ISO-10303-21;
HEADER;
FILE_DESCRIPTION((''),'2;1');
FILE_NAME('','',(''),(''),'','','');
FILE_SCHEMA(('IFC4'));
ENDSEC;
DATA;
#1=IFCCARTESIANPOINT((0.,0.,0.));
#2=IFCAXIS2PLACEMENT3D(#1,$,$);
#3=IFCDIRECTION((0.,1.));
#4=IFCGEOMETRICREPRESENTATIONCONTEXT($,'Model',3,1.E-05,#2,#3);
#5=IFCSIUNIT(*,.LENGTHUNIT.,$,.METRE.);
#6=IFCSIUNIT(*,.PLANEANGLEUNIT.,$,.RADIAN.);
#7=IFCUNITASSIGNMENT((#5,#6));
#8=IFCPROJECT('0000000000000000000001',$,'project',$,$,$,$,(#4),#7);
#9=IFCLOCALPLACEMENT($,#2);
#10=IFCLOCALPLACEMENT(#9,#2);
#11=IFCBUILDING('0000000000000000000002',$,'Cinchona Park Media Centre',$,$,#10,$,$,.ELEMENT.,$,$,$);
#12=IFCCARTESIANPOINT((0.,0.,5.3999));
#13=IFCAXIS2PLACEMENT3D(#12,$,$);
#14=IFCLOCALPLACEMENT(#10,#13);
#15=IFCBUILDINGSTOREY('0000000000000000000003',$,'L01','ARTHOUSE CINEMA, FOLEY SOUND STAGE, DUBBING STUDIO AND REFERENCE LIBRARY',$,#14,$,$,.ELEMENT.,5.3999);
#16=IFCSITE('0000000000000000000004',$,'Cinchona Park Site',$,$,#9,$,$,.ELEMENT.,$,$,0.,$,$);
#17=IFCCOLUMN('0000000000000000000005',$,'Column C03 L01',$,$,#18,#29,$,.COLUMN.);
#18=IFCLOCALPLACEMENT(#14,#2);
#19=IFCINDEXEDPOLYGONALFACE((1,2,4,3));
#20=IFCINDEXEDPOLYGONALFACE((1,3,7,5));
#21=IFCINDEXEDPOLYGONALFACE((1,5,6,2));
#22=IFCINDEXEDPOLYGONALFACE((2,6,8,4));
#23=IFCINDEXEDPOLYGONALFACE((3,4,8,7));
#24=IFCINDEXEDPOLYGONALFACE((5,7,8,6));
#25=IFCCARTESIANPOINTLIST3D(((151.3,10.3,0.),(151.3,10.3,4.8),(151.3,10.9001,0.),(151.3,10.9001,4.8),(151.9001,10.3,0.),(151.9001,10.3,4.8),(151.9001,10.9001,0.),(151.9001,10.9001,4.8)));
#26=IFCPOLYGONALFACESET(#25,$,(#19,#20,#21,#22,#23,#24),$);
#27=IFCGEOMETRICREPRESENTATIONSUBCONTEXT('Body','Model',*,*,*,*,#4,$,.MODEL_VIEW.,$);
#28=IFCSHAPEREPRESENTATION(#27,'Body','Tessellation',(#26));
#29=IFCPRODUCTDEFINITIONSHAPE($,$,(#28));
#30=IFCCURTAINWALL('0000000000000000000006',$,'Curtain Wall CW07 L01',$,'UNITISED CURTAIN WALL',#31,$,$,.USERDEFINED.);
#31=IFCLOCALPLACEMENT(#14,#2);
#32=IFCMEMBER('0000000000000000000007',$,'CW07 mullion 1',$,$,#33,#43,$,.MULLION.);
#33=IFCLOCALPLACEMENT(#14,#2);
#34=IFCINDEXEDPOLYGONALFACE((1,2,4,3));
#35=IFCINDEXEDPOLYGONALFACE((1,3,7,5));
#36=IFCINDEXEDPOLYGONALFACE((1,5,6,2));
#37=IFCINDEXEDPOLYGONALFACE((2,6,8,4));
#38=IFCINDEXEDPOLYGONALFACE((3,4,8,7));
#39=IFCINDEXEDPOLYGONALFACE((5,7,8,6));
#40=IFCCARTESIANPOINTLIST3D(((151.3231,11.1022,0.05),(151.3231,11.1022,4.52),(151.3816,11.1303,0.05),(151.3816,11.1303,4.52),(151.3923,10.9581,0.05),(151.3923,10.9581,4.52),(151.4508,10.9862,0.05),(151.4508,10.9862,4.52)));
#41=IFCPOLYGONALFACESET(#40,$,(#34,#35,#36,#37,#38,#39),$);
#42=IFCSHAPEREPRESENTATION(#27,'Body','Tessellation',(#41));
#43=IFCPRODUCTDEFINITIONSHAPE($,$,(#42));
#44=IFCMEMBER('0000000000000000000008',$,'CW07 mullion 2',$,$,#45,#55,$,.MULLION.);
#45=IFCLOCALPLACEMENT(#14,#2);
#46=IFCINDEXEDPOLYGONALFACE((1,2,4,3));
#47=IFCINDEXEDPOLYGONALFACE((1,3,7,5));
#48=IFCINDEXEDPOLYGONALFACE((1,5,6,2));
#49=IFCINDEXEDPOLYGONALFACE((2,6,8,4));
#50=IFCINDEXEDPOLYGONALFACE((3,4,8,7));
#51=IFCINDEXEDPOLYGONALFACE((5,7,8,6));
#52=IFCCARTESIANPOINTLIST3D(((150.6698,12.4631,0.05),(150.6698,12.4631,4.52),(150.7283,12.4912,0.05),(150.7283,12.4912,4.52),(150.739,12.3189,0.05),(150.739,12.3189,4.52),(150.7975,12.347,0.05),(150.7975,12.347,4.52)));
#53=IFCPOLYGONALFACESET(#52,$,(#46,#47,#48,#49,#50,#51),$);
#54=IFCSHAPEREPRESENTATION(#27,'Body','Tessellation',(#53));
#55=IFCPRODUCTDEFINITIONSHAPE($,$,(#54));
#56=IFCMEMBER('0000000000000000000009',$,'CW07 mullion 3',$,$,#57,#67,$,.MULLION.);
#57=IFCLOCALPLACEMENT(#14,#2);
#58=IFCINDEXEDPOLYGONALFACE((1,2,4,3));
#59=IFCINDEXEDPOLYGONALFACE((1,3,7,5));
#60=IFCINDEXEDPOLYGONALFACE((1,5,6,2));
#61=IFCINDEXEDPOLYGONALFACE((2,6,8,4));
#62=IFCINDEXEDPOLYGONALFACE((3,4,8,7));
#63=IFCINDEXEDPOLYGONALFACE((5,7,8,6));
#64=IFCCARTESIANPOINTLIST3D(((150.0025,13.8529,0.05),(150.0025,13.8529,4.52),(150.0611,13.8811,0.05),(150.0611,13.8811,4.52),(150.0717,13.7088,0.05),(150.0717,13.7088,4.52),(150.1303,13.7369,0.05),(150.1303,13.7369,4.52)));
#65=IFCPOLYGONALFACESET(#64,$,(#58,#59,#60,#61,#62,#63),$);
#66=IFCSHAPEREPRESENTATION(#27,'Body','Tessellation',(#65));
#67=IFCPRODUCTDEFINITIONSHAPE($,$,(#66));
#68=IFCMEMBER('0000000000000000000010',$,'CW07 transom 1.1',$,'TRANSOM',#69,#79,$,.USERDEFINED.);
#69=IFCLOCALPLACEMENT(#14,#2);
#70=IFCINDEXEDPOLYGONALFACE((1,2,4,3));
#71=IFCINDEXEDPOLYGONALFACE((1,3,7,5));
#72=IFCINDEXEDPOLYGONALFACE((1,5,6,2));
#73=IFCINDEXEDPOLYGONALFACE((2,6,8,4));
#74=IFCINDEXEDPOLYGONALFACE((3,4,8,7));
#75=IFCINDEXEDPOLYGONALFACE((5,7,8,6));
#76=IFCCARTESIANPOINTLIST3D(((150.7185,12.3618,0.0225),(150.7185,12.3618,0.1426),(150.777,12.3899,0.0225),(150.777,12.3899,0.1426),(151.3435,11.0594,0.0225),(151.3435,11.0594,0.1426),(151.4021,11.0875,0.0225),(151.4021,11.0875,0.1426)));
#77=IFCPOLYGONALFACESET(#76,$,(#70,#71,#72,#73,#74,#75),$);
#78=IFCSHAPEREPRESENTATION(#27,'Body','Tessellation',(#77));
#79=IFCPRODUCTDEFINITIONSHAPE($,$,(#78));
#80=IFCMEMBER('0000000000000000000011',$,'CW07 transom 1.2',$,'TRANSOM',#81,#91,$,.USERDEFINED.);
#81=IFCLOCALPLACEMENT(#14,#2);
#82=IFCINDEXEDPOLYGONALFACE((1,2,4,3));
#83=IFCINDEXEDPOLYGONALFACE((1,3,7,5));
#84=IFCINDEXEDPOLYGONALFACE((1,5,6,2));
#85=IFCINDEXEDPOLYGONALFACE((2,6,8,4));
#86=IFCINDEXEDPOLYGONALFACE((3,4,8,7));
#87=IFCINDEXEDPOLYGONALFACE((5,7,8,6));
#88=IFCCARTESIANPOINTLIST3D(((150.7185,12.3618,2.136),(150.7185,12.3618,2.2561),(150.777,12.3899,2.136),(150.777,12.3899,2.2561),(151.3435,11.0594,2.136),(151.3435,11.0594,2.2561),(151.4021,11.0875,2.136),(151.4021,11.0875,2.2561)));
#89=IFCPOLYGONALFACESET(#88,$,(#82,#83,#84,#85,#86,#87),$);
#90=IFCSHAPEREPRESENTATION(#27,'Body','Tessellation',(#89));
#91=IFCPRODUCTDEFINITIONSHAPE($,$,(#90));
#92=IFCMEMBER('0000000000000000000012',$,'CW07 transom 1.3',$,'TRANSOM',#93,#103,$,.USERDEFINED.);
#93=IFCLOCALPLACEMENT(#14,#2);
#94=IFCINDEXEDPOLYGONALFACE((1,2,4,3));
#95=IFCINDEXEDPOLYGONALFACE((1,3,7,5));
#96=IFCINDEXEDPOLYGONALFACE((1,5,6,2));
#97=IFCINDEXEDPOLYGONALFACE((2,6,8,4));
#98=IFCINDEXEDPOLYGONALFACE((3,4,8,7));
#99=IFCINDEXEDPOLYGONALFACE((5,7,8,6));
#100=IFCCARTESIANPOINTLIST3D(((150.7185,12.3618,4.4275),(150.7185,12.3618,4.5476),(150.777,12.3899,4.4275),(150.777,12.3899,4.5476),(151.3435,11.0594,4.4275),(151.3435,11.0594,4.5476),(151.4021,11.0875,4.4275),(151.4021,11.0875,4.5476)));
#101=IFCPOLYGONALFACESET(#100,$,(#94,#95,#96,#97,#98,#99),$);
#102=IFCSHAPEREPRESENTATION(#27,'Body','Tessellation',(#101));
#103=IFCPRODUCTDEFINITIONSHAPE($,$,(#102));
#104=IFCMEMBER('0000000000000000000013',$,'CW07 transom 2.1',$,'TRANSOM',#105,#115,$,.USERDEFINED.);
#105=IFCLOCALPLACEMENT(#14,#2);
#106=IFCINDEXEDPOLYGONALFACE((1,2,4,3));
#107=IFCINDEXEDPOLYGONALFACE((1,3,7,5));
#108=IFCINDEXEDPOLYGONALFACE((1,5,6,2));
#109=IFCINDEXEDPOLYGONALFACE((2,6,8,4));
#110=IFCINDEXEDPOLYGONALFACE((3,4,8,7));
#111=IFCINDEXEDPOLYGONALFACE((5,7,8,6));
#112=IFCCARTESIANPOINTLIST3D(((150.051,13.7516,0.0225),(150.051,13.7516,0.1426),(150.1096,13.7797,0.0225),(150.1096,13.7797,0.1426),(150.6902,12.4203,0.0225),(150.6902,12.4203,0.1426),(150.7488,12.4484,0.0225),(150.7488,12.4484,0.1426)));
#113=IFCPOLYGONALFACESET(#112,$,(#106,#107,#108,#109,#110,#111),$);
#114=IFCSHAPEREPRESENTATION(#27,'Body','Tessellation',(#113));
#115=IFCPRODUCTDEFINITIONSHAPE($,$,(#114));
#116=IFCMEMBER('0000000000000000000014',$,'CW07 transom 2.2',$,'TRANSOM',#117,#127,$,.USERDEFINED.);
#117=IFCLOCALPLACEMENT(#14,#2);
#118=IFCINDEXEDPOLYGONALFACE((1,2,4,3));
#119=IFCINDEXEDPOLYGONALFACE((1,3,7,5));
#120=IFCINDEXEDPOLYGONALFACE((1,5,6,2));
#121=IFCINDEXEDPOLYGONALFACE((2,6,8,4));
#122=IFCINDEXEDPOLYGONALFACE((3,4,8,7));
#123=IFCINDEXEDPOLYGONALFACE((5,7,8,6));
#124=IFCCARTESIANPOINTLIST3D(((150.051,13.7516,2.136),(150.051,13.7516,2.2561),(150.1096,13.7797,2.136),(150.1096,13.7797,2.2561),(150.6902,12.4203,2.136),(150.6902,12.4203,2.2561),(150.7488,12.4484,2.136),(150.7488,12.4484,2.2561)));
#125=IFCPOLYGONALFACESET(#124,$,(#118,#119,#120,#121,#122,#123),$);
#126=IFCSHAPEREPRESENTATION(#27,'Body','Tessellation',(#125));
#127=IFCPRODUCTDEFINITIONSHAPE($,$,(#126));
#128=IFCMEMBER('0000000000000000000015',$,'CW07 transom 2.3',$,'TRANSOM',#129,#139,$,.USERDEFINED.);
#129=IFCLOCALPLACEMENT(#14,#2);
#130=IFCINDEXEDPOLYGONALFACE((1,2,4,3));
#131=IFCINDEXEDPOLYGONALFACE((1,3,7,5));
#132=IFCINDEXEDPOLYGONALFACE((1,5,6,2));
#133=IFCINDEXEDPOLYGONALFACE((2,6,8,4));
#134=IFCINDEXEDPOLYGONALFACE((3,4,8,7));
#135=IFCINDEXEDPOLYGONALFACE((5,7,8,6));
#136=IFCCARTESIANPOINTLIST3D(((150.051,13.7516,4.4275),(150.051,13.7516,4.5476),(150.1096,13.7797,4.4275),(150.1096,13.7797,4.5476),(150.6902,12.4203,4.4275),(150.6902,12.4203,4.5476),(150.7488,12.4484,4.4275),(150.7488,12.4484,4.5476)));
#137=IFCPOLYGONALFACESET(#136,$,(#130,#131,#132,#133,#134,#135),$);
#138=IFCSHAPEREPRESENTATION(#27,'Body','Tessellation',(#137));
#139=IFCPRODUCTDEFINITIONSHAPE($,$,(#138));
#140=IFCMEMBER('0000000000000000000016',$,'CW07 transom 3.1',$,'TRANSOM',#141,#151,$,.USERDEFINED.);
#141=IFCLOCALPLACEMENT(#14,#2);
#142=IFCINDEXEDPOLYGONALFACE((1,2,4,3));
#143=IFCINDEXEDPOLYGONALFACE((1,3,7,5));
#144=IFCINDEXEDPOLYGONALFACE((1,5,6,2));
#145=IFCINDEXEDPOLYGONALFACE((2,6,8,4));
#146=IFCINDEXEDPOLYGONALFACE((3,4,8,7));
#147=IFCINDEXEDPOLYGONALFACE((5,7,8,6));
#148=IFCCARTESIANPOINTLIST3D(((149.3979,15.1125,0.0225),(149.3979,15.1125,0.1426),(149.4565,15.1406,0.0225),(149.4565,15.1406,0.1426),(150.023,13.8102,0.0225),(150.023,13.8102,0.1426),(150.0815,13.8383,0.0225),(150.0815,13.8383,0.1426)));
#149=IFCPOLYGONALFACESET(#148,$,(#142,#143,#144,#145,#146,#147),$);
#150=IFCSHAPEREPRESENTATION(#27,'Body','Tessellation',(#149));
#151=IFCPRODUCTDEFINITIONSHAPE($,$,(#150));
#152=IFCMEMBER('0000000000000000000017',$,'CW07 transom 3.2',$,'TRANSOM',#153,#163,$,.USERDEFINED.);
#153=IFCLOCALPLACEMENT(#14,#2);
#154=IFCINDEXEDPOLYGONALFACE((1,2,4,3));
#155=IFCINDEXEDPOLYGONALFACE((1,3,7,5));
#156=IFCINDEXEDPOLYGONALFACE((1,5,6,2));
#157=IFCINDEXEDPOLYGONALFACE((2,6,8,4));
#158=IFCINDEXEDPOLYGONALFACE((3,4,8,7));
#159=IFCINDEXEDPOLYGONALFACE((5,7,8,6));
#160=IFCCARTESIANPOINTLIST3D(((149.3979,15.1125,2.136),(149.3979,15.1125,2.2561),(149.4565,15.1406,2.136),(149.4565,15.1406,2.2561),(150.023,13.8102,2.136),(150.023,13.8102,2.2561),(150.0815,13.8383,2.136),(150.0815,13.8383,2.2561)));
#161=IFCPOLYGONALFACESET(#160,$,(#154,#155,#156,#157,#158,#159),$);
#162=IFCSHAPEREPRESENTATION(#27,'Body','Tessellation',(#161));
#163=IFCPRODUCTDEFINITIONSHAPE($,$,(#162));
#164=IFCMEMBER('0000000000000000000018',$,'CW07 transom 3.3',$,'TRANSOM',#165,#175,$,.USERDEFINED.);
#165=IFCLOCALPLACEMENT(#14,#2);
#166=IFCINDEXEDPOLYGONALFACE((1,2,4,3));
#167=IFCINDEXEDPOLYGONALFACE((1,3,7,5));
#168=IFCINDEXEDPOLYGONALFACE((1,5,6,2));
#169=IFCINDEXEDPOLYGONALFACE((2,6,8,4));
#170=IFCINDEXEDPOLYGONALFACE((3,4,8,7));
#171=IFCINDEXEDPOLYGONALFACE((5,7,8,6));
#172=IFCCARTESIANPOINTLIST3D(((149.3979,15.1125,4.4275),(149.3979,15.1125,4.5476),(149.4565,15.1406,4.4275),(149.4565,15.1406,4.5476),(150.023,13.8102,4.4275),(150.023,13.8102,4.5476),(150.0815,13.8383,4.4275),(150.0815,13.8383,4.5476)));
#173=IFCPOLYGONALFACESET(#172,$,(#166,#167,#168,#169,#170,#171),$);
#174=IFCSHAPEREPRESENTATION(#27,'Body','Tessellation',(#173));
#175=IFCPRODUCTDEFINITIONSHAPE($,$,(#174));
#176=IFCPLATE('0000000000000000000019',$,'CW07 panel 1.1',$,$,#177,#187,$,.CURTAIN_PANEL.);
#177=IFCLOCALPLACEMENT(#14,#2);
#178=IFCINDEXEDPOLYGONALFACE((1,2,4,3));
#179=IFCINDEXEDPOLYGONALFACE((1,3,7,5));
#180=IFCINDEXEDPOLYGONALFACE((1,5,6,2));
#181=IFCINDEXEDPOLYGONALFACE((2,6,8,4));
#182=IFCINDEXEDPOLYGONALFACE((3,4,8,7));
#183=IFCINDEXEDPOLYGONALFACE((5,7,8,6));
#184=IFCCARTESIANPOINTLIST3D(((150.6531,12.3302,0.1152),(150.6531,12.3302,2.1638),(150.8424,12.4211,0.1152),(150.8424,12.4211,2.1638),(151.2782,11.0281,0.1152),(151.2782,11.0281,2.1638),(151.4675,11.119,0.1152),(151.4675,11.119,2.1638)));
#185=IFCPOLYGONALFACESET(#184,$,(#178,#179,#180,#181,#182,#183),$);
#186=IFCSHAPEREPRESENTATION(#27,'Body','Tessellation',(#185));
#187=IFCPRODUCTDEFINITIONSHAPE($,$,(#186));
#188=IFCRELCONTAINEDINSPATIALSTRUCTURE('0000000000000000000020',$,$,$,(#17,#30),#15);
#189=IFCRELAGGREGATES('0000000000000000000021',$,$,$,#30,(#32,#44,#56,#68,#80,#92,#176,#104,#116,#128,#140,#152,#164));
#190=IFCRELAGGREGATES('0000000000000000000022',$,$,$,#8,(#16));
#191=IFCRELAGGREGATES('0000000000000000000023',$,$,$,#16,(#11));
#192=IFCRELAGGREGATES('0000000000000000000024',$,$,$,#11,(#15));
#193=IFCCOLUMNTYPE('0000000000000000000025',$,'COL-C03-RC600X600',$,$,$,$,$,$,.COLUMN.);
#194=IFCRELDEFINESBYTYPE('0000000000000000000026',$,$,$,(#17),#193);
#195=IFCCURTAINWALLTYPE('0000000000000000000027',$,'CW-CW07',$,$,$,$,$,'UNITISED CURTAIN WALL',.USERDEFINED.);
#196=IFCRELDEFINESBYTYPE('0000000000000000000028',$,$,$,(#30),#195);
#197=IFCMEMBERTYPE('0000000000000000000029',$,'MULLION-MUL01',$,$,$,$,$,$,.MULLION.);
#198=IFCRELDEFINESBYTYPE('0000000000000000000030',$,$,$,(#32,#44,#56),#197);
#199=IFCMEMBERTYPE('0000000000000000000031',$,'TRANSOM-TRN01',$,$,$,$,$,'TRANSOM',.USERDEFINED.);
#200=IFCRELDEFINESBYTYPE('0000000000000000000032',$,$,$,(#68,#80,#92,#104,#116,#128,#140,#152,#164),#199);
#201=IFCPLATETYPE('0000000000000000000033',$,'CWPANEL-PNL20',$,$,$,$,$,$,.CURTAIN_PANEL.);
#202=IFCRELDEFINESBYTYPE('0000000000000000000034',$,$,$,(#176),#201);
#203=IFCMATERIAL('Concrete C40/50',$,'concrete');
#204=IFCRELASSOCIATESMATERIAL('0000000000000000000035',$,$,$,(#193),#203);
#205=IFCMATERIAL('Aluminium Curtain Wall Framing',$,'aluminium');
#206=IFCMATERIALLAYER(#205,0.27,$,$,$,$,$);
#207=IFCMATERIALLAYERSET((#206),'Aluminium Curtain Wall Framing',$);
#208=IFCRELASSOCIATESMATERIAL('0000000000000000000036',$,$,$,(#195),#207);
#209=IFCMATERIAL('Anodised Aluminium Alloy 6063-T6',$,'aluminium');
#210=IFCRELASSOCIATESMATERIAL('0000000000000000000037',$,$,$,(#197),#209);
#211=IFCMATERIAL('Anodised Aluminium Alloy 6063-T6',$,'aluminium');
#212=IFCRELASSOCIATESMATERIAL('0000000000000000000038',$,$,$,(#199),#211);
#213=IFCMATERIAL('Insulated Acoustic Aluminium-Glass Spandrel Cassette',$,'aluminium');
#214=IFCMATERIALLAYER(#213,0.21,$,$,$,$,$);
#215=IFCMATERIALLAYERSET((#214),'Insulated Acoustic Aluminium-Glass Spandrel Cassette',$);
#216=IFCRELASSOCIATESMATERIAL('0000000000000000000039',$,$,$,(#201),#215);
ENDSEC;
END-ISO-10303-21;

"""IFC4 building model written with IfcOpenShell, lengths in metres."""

from ifc_helpers import new_model, si_unit, direction, frame, origin, origin_2d, place, context, subcontext, project, spatial, rectangle, extrude, material, layer, layer_set, material_profile, profile_set, type_object, element, aggregate, save


model = new_model("IFC4")

# Units and contexts
model_context = context("Model", 3, precision=1e-05, world=origin(), true_north=direction((0.0, 1.0)))
body_context = subcontext(model_context, "Body", "Model", "MODEL_VIEW")
ifc_project = project(units=[si_unit("LENGTHUNIT", "METRE"), si_unit("PLANEANGLEUNIT", "RADIAN")], contexts=[model_context])

# Site, building, storey
site_placement = place(None, origin())
site = spatial("IfcSite", under=ifc_project, at=site_placement, Name="Cinchona Park Site", CompositionType="ELEMENT", RefElevation=0.0)
building_placement = place(site_placement, origin())
building = spatial("IfcBuilding", under=site, at=building_placement, Name="Cinchona Park Media Centre", CompositionType="ELEMENT")
storey_placement = place(building_placement, frame((0.0, 0.0, 5.3999)))
storey = spatial("IfcBuildingStorey", under=building, at=storey_placement, Name="L01", Description="ARTHOUSE CINEMA, FOLEY SOUND STAGE, DUBBING STUDIO AND REFERENCE LIBRARY", CompositionType="ELEMENT", Elevation=5.3999)

# Column
ifc_material_1 = material(Name="Concrete C40/50", Category="concrete")
ifc_material_profile_1 = material_profile(ifc_material_1, rectangle(XDim=0.6001, YDim=0.6001, at=origin_2d()), Name="RC 600X600")
ifc_profile_set_1 = profile_set([ifc_material_profile_1], Name="Concrete C40/50")
column_type = type_object("IfcColumnType", Name="COL-C03-RC600X600", PredefinedType="COLUMN", material=ifc_profile_set_1)
column_placement = place(storey_placement, frame((151.6001, 10.6001, 0.0), z_axis=(0.0, 0.0, 1.0), x_axis=(1.0, 0.0, 0.0)))
element("IfcColumn", 1, at=column_placement, inside=storey, type_object=column_type, Name="Column C03 L01", PredefinedType="COLUMN", context=body_context, shape_type="SweptSolid", body=[
    extrude(rectangle(XDim=0.6001, YDim=0.6001, at=origin_2d()), origin(), (0.0, 0.0, 1.0), 4.8),
])

# Curtain wall, members, plate
ifc_material_2 = material(Name="Aluminium Curtain Wall Framing", Category="aluminium")
ifc_layer_1 = layer(ifc_material_2, 0.27)
ifc_layer_set_1 = layer_set([ifc_layer_1], Name="Aluminium Curtain Wall Framing")
curtain_wall_type = type_object("IfcCurtainWallType", Name="CW-CW07", ElementType="UNITISED CURTAIN WALL", PredefinedType="USERDEFINED", material=ifc_layer_set_1)
curtain_wall_placement = place(storey_placement, origin())
curtain_wall = element("IfcCurtainWall", 2, at=curtain_wall_placement, inside=storey, type_object=curtain_wall_type, Name="Curtain Wall CW07 L01", ObjectType="UNITISED CURTAIN WALL", PredefinedType="USERDEFINED")
ifc_material_3 = material(Name="Anodised Aluminium Alloy 6063-T6", Category="aluminium")
ifc_material_profile_2 = material_profile(ifc_material_3, rectangle(XDim=0.0649, YDim=0.1599, at=origin_2d()), Name="MUL-65X160")
ifc_profile_set_2 = profile_set([ifc_material_profile_2], Name="Anodised Aluminium Alloy 6063-T6")
member_type_1 = type_object("IfcMemberType", Name="MULLION-MUL01", PredefinedType="MULLION", material=ifc_profile_set_2)
member_1_placement = place(storey_placement, frame((151.387, 11.0442, 0.05), z_axis=(0.0, 0.0, 1.0), x_axis=(-0.901489, -0.432801, 0.0)))
member_1 = element("IfcMember", 3, at=member_1_placement, type_object=member_type_1, Name="CW07 mullion 1", PredefinedType="MULLION", context=body_context, shape_type="SweptSolid", body=[
    extrude(rectangle(XDim=0.0649, YDim=0.1599, at=origin_2d()), origin(), (0.0, 0.0, 1.0), 4.47),
])
member_2_placement = place(storey_placement, frame((150.7336, 12.405, 0.05), z_axis=(0.0, 0.0, 1.0), x_axis=(-0.901489, -0.432801, 0.0)))
member_2 = element("IfcMember", 4, at=member_2_placement, type_object=member_type_1, Name="CW07 mullion 2", PredefinedType="MULLION", context=body_context, shape_type="SweptSolid", body=[
    extrude(rectangle(XDim=0.0649, YDim=0.1599, at=origin_2d()), origin(), (0.0, 0.0, 1.0), 4.47),
])
member_3_placement = place(storey_placement, frame((150.0664, 13.7949, 0.05), z_axis=(0.0, 0.0, 1.0), x_axis=(-0.901489, -0.432801, 0.0)))
member_3 = element("IfcMember", 5, at=member_3_placement, type_object=member_type_1, Name="CW07 mullion 3", PredefinedType="MULLION", context=body_context, shape_type="SweptSolid", body=[
    extrude(rectangle(XDim=0.0649, YDim=0.1599, at=origin_2d()), origin(), (0.0, 0.0, 1.0), 4.47),
])
ifc_material_4 = material(Name="Anodised Aluminium Alloy 6063-T6", Category="aluminium")
ifc_material_profile_3 = material_profile(ifc_material_4, rectangle(XDim=0.0649, YDim=0.1201, at=origin_2d()), Name="TRN-65X120")
ifc_profile_set_3 = profile_set([ifc_material_profile_3], Name="Anodised Aluminium Alloy 6063-T6")
member_type_2 = type_object("IfcMemberType", Name="TRANSOM-TRN01", ElementType="TRANSOM", PredefinedType="USERDEFINED", material=ifc_profile_set_3)
member_4_placement = place(storey_placement, frame((151.3728, 11.0735, 0.0825), z_axis=(-0.432687, 0.901544, 0.0), x_axis=(-0.901544, -0.432687, 0.0)))
member_4 = element("IfcMember", 6, at=member_4_placement, type_object=member_type_2, Name="CW07 transom 1.1", ObjectType="TRANSOM", PredefinedType="USERDEFINED", context=body_context, shape_type="SweptSolid", body=[
    extrude(rectangle(XDim=0.0649, YDim=0.1201, at=origin_2d()), origin(), (0.0, 0.0, 1.0), 1.4446),
])
member_5_placement = place(storey_placement, frame((151.3728, 11.0735, 2.196), z_axis=(-0.432687, 0.901544, 0.0), x_axis=(-0.901544, -0.432687, 0.0)))
member_5 = element("IfcMember", 7, at=member_5_placement, type_object=member_type_2, Name="CW07 transom 1.2", ObjectType="TRANSOM", PredefinedType="USERDEFINED", context=body_context, shape_type="SweptSolid", body=[
    extrude(rectangle(XDim=0.0649, YDim=0.1201, at=origin_2d()), origin(), (0.0, 0.0, 1.0), 1.4446),
])
member_6_placement = place(storey_placement, frame((151.3728, 11.0735, 4.4875), z_axis=(-0.432687, 0.901544, 0.0), x_axis=(-0.901544, -0.432687, 0.0)))
member_6 = element("IfcMember", 8, at=member_6_placement, type_object=member_type_2, Name="CW07 transom 1.3", ObjectType="TRANSOM", PredefinedType="USERDEFINED", context=body_context, shape_type="SweptSolid", body=[
    extrude(rectangle(XDim=0.0649, YDim=0.1201, at=origin_2d()), origin(), (0.0, 0.0, 1.0), 1.4446),
])
member_7_placement = place(storey_placement, frame((150.7195, 12.4343, 0.0825), z_axis=(-0.432806, 0.901487, 0.0), x_axis=(-0.901487, -0.432806, 0.0)))
member_7 = element("IfcMember", 9, at=member_7_placement, type_object=member_type_2, Name="CW07 transom 2.1", ObjectType="TRANSOM", PredefinedType="USERDEFINED", context=body_context, shape_type="SweptSolid", body=[
    extrude(rectangle(XDim=0.0649, YDim=0.1201, at=origin_2d()), origin(), (0.0, 0.0, 1.0), 1.4768),
])
member_8_placement = place(storey_placement, frame((150.7195, 12.4343, 2.196), z_axis=(-0.432806, 0.901487, 0.0), x_axis=(-0.901487, -0.432806, 0.0)))
member_8 = element("IfcMember", 10, at=member_8_placement, type_object=member_type_2, Name="CW07 transom 2.2", ObjectType="TRANSOM", PredefinedType="USERDEFINED", context=body_context, shape_type="SweptSolid", body=[
    extrude(rectangle(XDim=0.0649, YDim=0.1201, at=origin_2d()), origin(), (0.0, 0.0, 1.0), 1.4768),
])
member_9_placement = place(storey_placement, frame((150.7195, 12.4343, 4.4875), z_axis=(-0.432806, 0.901487, 0.0), x_axis=(-0.901487, -0.432806, 0.0)))
member_9 = element("IfcMember", 11, at=member_9_placement, type_object=member_type_2, Name="CW07 transom 2.3", ObjectType="TRANSOM", PredefinedType="USERDEFINED", context=body_context, shape_type="SweptSolid", body=[
    extrude(rectangle(XDim=0.0649, YDim=0.1201, at=origin_2d()), origin(), (0.0, 0.0, 1.0), 1.4768),
])
member_10_placement = place(storey_placement, frame((150.0522, 13.8242, 0.0825), z_axis=(-0.432687, 0.901544, 0.0), x_axis=(-0.901544, -0.432687, 0.0)))
member_10 = element("IfcMember", 12, at=member_10_placement, type_object=member_type_2, Name="CW07 transom 3.1", ObjectType="TRANSOM", PredefinedType="USERDEFINED", context=body_context, shape_type="SweptSolid", body=[
    extrude(rectangle(XDim=0.0649, YDim=0.1201, at=origin_2d()), origin(), (0.0, 0.0, 1.0), 1.4446),
])
member_11_placement = place(storey_placement, frame((150.0522, 13.8242, 2.196), z_axis=(-0.432687, 0.901544, 0.0), x_axis=(-0.901544, -0.432687, 0.0)))
member_11 = element("IfcMember", 13, at=member_11_placement, type_object=member_type_2, Name="CW07 transom 3.2", ObjectType="TRANSOM", PredefinedType="USERDEFINED", context=body_context, shape_type="SweptSolid", body=[
    extrude(rectangle(XDim=0.0649, YDim=0.1201, at=origin_2d()), origin(), (0.0, 0.0, 1.0), 1.4446),
])
member_12_placement = place(storey_placement, frame((150.0522, 13.8242, 4.4875), z_axis=(-0.432687, 0.901544, 0.0), x_axis=(-0.901544, -0.432687, 0.0)))
member_12 = element("IfcMember", 14, at=member_12_placement, type_object=member_type_2, Name="CW07 transom 3.3", ObjectType="TRANSOM", PredefinedType="USERDEFINED", context=body_context, shape_type="SweptSolid", body=[
    extrude(rectangle(XDim=0.0649, YDim=0.1201, at=origin_2d()), origin(), (0.0, 0.0, 1.0), 1.4446),
])
ifc_material_5 = material(Name="Insulated Acoustic Aluminium-Glass Spandrel Cassette", Category="aluminium")
ifc_layer_2 = layer(ifc_material_5, 0.21)
ifc_layer_set_2 = layer_set([ifc_layer_2], Name="Insulated Acoustic Aluminium-Glass Spandrel Cassette")
plate_type = type_object("IfcPlateType", Name="CWPANEL-PNL20", PredefinedType="CURTAIN_PANEL", material=ifc_layer_set_2)
plate_1_placement = place(storey_placement, frame((151.0603, 11.7246, 0.1152), z_axis=(0.0, 0.0, 1.0), x_axis=(-0.432801, 0.901489, 0.0)))
plate_1 = element("IfcPlate", 15, at=plate_1_placement, type_object=plate_type, Name="CW07 panel 1.1", PredefinedType="CURTAIN_PANEL", context=body_context, shape_type="SweptSolid", body=[
    extrude(rectangle(XDim=1.4443, YDim=0.21, at=origin_2d()), origin(), (0.0, 0.0, 1.0), 2.0486),
])
aggregate(curtain_wall, [member_1, member_2, member_3, member_4, member_5, member_6, plate_1, member_7, member_8, member_9, member_10, member_11, member_12])

save(model, "model.ifc")
